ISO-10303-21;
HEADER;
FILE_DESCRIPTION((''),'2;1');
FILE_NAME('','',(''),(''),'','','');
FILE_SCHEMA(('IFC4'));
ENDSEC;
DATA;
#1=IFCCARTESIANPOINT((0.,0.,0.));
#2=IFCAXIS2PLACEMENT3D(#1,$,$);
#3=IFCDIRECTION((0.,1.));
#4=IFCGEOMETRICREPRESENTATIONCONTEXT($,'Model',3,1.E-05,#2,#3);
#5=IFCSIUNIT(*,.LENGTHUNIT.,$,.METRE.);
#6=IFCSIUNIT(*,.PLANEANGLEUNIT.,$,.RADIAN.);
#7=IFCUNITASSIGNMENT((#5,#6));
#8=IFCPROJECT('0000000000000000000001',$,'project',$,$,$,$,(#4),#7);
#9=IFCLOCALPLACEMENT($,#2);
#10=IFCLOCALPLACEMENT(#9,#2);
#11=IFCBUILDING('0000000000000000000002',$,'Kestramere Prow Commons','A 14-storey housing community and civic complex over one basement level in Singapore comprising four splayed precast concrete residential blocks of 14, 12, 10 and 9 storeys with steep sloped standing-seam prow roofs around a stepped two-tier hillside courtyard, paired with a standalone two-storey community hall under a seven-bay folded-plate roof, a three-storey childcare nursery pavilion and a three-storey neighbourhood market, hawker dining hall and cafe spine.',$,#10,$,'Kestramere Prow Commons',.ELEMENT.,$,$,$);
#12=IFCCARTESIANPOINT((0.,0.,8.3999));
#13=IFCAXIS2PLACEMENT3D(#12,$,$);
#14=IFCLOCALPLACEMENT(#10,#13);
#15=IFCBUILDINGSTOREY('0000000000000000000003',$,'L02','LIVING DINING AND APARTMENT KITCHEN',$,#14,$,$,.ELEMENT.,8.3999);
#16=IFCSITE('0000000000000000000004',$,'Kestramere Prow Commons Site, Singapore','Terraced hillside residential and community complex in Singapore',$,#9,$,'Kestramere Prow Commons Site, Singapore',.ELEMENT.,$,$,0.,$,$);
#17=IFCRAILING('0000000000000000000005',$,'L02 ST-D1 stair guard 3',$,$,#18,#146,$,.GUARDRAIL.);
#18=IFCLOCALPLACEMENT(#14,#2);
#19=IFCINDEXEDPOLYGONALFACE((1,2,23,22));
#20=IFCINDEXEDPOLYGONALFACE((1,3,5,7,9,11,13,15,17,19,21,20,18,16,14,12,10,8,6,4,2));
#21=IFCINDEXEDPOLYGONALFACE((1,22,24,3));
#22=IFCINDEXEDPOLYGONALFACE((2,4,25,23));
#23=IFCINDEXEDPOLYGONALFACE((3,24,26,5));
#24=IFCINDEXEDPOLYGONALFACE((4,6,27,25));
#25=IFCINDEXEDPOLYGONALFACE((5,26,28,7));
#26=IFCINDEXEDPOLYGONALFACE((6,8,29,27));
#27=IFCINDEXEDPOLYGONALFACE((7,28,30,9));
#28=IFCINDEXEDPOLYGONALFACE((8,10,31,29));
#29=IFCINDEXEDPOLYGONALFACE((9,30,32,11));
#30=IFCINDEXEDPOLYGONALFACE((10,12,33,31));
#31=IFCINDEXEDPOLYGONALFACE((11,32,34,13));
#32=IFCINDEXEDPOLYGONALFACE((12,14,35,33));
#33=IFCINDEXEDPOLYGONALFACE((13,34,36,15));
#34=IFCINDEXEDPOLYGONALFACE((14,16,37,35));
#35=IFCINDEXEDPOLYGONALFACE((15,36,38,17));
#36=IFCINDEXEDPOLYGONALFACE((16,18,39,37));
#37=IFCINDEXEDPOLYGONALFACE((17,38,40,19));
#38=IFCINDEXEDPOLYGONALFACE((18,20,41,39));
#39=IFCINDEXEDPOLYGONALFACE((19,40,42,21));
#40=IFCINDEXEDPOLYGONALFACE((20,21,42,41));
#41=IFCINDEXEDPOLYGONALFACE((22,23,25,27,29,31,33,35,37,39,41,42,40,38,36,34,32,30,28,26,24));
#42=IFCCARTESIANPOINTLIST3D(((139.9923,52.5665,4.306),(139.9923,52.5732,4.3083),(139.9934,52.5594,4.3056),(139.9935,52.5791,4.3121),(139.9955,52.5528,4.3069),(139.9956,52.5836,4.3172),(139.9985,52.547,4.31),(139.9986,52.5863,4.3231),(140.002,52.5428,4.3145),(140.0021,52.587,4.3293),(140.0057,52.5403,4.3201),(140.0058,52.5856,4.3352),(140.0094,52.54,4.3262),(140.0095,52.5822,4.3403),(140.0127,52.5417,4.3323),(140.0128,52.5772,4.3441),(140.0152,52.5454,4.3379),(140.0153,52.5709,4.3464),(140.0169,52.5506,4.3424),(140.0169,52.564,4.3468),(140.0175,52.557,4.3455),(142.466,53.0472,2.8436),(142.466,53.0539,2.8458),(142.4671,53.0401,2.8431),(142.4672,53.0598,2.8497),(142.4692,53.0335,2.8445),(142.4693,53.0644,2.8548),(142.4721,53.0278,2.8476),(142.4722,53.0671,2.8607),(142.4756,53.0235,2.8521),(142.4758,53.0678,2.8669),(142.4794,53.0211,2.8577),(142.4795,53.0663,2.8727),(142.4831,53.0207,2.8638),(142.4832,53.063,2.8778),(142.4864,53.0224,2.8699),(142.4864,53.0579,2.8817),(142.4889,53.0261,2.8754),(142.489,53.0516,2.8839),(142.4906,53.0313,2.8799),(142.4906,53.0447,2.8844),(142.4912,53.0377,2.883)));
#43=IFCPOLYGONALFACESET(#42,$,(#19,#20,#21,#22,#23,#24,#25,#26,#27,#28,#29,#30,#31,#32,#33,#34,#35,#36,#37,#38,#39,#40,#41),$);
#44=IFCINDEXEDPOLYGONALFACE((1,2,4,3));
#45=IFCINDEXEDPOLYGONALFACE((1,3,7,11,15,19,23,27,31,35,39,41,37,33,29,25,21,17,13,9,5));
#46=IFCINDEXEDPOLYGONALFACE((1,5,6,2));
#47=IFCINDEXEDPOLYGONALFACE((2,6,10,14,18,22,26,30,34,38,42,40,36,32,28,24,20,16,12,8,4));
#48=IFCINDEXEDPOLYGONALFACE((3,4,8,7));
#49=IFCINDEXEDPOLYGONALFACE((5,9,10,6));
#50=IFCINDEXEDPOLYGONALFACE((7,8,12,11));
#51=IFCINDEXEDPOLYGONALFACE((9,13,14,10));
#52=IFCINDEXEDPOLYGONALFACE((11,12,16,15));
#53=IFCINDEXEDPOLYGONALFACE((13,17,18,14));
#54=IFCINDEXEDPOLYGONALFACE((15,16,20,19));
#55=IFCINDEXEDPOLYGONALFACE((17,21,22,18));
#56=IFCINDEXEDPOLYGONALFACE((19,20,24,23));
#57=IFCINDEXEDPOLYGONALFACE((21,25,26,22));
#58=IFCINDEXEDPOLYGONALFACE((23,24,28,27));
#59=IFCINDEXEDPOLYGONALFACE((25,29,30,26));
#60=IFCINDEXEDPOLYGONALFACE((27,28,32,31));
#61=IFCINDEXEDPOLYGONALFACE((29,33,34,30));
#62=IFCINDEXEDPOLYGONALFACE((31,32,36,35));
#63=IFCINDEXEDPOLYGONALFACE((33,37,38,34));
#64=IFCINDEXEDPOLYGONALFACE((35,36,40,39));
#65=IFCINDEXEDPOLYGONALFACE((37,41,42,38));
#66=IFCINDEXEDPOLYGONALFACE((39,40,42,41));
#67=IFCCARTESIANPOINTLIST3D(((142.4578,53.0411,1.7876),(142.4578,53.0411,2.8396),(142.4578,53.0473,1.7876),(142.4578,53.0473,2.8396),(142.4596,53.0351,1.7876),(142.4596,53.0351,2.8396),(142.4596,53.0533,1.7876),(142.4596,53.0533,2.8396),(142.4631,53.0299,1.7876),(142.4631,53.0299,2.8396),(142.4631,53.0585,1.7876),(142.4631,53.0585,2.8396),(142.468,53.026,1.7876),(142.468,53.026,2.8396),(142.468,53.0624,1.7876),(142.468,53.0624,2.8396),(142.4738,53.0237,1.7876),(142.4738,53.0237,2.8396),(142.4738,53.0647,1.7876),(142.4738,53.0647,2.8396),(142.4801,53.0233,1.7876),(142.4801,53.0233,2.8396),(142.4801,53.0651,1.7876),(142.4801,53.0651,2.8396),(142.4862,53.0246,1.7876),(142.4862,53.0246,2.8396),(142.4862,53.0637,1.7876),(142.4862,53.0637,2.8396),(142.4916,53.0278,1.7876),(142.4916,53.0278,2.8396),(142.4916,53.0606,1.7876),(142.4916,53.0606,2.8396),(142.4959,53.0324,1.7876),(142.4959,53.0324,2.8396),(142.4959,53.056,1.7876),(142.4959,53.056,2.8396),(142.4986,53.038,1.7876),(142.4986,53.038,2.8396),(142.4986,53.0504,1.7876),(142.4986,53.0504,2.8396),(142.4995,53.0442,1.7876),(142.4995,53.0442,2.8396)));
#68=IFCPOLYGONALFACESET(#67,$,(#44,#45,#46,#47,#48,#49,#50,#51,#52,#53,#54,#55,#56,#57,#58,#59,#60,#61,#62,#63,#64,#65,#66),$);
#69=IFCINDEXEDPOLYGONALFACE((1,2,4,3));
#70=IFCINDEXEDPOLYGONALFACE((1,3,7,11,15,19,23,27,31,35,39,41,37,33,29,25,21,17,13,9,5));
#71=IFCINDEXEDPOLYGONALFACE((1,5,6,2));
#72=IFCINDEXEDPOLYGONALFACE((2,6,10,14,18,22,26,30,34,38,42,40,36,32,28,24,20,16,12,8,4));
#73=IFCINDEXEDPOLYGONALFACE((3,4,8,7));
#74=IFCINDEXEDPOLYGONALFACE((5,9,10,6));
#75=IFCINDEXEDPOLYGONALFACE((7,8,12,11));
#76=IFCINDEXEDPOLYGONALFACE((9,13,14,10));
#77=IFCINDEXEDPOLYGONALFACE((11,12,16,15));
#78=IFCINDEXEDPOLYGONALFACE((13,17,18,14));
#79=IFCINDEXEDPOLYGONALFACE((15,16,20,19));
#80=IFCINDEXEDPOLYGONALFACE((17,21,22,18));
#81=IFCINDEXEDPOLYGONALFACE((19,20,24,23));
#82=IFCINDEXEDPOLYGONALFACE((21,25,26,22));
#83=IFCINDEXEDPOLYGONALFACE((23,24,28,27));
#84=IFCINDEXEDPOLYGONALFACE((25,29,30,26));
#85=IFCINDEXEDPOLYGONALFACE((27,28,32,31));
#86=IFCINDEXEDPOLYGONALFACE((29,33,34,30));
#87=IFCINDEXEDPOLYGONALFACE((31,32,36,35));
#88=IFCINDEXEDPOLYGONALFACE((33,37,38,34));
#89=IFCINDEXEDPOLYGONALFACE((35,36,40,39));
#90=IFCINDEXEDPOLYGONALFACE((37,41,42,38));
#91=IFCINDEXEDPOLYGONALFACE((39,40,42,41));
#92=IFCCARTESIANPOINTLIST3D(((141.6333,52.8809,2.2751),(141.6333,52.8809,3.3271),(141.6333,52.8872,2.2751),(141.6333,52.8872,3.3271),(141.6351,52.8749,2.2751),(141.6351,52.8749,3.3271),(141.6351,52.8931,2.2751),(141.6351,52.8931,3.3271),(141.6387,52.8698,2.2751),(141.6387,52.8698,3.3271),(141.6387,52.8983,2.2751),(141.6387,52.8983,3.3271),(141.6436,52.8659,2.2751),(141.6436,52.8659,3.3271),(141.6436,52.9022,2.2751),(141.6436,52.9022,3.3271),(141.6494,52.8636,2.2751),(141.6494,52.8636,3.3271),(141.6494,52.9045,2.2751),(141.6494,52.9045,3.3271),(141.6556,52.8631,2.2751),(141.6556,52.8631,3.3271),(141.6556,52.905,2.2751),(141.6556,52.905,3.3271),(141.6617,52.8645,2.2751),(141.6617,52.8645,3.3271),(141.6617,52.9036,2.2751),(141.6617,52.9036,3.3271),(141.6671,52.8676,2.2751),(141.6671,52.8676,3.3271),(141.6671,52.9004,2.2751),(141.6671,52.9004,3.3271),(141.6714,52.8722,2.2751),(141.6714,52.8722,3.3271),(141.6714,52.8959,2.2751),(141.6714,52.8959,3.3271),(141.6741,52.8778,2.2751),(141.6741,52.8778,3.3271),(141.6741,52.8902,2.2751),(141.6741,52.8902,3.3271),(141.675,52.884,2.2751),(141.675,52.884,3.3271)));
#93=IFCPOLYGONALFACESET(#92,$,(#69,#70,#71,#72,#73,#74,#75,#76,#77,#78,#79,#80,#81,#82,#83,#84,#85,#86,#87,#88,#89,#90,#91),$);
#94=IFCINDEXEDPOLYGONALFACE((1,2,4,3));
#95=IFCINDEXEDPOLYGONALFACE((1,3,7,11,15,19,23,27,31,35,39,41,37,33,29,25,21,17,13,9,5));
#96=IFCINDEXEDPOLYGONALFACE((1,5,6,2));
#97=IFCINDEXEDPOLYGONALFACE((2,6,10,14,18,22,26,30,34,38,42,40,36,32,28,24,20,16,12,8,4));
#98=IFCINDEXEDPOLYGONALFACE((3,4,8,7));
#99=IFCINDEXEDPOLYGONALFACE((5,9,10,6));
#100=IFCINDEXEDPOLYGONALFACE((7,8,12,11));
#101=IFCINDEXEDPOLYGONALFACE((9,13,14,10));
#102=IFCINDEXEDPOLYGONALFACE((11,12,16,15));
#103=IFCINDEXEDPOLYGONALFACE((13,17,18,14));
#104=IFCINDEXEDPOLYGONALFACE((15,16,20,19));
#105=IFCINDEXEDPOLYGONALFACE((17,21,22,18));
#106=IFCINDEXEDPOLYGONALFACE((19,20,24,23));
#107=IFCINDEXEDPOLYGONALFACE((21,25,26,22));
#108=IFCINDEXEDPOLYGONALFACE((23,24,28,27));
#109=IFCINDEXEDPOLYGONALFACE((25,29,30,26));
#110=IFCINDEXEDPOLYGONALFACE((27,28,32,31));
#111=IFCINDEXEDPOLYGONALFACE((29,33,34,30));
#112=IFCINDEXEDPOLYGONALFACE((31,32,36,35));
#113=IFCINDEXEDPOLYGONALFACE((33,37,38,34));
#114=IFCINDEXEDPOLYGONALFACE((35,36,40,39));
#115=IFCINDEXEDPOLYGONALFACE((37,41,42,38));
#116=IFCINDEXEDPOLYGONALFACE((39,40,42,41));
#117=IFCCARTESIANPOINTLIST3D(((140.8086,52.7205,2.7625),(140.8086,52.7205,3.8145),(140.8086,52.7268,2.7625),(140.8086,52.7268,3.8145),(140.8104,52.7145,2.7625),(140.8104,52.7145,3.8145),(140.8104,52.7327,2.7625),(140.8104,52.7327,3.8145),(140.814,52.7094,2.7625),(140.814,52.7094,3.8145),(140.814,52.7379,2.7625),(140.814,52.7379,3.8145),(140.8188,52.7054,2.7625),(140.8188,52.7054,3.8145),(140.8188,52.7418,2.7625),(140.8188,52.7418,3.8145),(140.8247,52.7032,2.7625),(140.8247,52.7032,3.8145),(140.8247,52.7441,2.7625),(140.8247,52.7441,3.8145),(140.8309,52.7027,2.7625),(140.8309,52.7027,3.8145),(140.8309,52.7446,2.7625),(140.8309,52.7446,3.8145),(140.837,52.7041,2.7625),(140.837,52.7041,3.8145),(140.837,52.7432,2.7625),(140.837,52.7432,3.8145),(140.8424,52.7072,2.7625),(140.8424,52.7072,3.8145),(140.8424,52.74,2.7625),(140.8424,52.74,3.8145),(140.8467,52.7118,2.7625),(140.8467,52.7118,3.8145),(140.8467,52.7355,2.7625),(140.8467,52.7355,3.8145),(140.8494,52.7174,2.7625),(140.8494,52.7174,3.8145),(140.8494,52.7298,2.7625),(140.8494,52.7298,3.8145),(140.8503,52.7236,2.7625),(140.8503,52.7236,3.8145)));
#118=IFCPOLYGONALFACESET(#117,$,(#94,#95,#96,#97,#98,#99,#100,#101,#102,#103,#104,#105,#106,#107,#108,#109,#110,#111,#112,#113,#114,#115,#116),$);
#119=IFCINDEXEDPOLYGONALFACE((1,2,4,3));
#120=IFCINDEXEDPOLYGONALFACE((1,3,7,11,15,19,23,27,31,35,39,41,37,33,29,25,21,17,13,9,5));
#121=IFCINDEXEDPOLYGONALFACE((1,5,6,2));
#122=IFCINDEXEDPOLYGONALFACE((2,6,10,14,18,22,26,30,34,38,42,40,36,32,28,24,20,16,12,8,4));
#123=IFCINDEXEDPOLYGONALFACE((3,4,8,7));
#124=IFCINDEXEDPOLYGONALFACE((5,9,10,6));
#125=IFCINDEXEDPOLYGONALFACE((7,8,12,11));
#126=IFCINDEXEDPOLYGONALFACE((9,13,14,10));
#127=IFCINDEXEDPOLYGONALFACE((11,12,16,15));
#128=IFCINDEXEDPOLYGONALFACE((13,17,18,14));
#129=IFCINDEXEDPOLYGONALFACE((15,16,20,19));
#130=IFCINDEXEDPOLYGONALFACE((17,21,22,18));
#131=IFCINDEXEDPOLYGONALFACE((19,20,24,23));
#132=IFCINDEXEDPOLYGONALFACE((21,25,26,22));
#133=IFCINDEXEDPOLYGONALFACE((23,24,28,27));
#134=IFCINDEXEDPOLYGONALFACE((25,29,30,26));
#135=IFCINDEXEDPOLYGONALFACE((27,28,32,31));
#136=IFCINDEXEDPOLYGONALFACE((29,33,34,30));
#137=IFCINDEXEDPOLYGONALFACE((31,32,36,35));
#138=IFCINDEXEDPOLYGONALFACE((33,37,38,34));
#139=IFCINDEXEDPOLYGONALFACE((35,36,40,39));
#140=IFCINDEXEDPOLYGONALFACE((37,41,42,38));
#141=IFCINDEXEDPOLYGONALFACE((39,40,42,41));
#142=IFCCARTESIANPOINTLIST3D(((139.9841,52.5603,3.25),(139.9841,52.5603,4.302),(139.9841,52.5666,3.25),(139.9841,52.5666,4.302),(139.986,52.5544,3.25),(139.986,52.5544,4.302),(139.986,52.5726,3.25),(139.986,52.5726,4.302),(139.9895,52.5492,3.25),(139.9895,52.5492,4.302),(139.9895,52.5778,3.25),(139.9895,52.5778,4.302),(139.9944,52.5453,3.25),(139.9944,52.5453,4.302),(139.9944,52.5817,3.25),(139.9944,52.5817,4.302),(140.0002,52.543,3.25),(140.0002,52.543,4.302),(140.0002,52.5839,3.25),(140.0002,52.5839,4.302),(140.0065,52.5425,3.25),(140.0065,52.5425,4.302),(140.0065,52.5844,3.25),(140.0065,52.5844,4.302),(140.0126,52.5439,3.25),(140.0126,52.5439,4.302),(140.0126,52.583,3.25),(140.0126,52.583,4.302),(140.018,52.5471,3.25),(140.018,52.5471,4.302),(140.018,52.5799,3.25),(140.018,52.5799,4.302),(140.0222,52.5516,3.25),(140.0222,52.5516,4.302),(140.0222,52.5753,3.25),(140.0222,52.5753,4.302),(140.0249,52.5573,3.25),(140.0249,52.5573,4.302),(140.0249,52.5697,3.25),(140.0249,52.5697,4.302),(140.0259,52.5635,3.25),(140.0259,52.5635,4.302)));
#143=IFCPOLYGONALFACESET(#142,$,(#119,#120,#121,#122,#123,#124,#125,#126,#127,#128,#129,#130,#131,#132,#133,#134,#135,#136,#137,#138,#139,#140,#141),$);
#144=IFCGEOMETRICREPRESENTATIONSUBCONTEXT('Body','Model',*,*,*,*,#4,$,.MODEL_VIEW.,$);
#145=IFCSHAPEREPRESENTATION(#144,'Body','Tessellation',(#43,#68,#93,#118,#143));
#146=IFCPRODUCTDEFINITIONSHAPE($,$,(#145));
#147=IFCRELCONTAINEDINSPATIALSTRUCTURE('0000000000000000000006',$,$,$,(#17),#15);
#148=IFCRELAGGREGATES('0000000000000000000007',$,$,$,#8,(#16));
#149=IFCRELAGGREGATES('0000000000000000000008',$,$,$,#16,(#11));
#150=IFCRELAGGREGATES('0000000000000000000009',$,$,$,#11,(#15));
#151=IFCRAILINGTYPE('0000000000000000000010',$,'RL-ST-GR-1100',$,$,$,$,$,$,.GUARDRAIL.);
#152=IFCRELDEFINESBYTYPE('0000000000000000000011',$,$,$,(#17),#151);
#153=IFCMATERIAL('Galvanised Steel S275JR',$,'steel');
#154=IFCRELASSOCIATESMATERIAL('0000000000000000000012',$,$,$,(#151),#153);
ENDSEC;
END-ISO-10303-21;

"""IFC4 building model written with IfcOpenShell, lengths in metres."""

from ifc_helpers import new_model, si_unit, direction, frame, origin, origin_2d, place, context, subcontext, project, spatial, circle, extrude, material, type_object, element, save


model = new_model("IFC4")

# Units and contexts
model_context = context("Model", 3, precision=1e-05, world=origin(), true_north=direction((0.0, 1.0)))
body_context = subcontext(model_context, "Body", "Model", "MODEL_VIEW")
ifc_project = project(units=[si_unit("LENGTHUNIT", "METRE"), si_unit("PLANEANGLEUNIT", "RADIAN")], contexts=[model_context])

# Site, building, storey
site_placement = place(None, origin())
site = spatial("IfcSite", under=ifc_project, at=site_placement, Name="Kestramere Prow Commons Site, Singapore", Description="Terraced hillside residential and community complex in Singapore", LongName="Kestramere Prow Commons Site, Singapore", CompositionType="ELEMENT", RefElevation=0.0)
building_placement = place(site_placement, origin())
building = spatial("IfcBuilding", under=site, at=building_placement, Name="Kestramere Prow Commons", Description="A 14-storey housing community and civic complex over one basement level in Singapore comprising four splayed precast concrete residential blocks of 14, 12, 10 and 9 storeys with steep sloped standing-seam prow roofs around a stepped two-tier hillside courtyard, paired with a standalone two-storey community hall under a seven-bay folded-plate roof, a three-storey childcare nursery pavilion and a three-storey neighbourhood market, hawker dining hall and cafe spine.", LongName="Kestramere Prow Commons", CompositionType="ELEMENT")
storey_placement = place(building_placement, frame((0.0, 0.0, 8.3999)))
storey = spatial("IfcBuildingStorey", under=building, at=storey_placement, Name="L02", Description="LIVING DINING AND APARTMENT KITCHEN", CompositionType="ELEMENT", Elevation=8.3999)

# Railing
ifc_material_1 = material(Name="Galvanised Steel S275JR", Category="steel")
railing_type_1 = type_object("IfcRailingType", Name="RL-ST-GR-1100", PredefinedType="GUARDRAIL", material=ifc_material_1)
railing_1_placement = place(storey_placement, frame((142.4785, 53.0442, 1.7876)))
element("IfcRailing", 1, at=railing_1_placement, inside=storey, type_object=railing_type_1, Name="L02 ST-D1 stair guard 3", PredefinedType="GUARDRAIL", context=body_context, shape_type="SweptSolid", body=[
    extrude(circle(Radius=0.0239, at=origin_2d()), frame((0.0, 0.0, 1.0762), z_axis=(-0.84902, -0.164994, 0.501938), x_axis=(0.190766, -0.981636, 0.0)), (0.0, 0.0, 1.0), 2.9136),
    extrude(circle(Radius=0.021, at=origin_2d()), origin(), (0.0, 0.0, 1.0), 1.052),
    extrude(circle(Radius=0.021, at=origin_2d()), frame((-0.8245, -0.1602, 0.4875)), (0.0, 0.0, 1.0), 1.052),
    extrude(circle(Radius=0.021, at=origin_2d()), frame((-1.6492, -0.3206, 0.9749)), (0.0, 0.0, 1.0), 1.052),
    extrude(circle(Radius=0.021, at=origin_2d()), frame((-2.4736, -0.4807, 1.4624)), (0.0, 0.0, 1.0), 1.052),
])

save(model, "model.ifc")
